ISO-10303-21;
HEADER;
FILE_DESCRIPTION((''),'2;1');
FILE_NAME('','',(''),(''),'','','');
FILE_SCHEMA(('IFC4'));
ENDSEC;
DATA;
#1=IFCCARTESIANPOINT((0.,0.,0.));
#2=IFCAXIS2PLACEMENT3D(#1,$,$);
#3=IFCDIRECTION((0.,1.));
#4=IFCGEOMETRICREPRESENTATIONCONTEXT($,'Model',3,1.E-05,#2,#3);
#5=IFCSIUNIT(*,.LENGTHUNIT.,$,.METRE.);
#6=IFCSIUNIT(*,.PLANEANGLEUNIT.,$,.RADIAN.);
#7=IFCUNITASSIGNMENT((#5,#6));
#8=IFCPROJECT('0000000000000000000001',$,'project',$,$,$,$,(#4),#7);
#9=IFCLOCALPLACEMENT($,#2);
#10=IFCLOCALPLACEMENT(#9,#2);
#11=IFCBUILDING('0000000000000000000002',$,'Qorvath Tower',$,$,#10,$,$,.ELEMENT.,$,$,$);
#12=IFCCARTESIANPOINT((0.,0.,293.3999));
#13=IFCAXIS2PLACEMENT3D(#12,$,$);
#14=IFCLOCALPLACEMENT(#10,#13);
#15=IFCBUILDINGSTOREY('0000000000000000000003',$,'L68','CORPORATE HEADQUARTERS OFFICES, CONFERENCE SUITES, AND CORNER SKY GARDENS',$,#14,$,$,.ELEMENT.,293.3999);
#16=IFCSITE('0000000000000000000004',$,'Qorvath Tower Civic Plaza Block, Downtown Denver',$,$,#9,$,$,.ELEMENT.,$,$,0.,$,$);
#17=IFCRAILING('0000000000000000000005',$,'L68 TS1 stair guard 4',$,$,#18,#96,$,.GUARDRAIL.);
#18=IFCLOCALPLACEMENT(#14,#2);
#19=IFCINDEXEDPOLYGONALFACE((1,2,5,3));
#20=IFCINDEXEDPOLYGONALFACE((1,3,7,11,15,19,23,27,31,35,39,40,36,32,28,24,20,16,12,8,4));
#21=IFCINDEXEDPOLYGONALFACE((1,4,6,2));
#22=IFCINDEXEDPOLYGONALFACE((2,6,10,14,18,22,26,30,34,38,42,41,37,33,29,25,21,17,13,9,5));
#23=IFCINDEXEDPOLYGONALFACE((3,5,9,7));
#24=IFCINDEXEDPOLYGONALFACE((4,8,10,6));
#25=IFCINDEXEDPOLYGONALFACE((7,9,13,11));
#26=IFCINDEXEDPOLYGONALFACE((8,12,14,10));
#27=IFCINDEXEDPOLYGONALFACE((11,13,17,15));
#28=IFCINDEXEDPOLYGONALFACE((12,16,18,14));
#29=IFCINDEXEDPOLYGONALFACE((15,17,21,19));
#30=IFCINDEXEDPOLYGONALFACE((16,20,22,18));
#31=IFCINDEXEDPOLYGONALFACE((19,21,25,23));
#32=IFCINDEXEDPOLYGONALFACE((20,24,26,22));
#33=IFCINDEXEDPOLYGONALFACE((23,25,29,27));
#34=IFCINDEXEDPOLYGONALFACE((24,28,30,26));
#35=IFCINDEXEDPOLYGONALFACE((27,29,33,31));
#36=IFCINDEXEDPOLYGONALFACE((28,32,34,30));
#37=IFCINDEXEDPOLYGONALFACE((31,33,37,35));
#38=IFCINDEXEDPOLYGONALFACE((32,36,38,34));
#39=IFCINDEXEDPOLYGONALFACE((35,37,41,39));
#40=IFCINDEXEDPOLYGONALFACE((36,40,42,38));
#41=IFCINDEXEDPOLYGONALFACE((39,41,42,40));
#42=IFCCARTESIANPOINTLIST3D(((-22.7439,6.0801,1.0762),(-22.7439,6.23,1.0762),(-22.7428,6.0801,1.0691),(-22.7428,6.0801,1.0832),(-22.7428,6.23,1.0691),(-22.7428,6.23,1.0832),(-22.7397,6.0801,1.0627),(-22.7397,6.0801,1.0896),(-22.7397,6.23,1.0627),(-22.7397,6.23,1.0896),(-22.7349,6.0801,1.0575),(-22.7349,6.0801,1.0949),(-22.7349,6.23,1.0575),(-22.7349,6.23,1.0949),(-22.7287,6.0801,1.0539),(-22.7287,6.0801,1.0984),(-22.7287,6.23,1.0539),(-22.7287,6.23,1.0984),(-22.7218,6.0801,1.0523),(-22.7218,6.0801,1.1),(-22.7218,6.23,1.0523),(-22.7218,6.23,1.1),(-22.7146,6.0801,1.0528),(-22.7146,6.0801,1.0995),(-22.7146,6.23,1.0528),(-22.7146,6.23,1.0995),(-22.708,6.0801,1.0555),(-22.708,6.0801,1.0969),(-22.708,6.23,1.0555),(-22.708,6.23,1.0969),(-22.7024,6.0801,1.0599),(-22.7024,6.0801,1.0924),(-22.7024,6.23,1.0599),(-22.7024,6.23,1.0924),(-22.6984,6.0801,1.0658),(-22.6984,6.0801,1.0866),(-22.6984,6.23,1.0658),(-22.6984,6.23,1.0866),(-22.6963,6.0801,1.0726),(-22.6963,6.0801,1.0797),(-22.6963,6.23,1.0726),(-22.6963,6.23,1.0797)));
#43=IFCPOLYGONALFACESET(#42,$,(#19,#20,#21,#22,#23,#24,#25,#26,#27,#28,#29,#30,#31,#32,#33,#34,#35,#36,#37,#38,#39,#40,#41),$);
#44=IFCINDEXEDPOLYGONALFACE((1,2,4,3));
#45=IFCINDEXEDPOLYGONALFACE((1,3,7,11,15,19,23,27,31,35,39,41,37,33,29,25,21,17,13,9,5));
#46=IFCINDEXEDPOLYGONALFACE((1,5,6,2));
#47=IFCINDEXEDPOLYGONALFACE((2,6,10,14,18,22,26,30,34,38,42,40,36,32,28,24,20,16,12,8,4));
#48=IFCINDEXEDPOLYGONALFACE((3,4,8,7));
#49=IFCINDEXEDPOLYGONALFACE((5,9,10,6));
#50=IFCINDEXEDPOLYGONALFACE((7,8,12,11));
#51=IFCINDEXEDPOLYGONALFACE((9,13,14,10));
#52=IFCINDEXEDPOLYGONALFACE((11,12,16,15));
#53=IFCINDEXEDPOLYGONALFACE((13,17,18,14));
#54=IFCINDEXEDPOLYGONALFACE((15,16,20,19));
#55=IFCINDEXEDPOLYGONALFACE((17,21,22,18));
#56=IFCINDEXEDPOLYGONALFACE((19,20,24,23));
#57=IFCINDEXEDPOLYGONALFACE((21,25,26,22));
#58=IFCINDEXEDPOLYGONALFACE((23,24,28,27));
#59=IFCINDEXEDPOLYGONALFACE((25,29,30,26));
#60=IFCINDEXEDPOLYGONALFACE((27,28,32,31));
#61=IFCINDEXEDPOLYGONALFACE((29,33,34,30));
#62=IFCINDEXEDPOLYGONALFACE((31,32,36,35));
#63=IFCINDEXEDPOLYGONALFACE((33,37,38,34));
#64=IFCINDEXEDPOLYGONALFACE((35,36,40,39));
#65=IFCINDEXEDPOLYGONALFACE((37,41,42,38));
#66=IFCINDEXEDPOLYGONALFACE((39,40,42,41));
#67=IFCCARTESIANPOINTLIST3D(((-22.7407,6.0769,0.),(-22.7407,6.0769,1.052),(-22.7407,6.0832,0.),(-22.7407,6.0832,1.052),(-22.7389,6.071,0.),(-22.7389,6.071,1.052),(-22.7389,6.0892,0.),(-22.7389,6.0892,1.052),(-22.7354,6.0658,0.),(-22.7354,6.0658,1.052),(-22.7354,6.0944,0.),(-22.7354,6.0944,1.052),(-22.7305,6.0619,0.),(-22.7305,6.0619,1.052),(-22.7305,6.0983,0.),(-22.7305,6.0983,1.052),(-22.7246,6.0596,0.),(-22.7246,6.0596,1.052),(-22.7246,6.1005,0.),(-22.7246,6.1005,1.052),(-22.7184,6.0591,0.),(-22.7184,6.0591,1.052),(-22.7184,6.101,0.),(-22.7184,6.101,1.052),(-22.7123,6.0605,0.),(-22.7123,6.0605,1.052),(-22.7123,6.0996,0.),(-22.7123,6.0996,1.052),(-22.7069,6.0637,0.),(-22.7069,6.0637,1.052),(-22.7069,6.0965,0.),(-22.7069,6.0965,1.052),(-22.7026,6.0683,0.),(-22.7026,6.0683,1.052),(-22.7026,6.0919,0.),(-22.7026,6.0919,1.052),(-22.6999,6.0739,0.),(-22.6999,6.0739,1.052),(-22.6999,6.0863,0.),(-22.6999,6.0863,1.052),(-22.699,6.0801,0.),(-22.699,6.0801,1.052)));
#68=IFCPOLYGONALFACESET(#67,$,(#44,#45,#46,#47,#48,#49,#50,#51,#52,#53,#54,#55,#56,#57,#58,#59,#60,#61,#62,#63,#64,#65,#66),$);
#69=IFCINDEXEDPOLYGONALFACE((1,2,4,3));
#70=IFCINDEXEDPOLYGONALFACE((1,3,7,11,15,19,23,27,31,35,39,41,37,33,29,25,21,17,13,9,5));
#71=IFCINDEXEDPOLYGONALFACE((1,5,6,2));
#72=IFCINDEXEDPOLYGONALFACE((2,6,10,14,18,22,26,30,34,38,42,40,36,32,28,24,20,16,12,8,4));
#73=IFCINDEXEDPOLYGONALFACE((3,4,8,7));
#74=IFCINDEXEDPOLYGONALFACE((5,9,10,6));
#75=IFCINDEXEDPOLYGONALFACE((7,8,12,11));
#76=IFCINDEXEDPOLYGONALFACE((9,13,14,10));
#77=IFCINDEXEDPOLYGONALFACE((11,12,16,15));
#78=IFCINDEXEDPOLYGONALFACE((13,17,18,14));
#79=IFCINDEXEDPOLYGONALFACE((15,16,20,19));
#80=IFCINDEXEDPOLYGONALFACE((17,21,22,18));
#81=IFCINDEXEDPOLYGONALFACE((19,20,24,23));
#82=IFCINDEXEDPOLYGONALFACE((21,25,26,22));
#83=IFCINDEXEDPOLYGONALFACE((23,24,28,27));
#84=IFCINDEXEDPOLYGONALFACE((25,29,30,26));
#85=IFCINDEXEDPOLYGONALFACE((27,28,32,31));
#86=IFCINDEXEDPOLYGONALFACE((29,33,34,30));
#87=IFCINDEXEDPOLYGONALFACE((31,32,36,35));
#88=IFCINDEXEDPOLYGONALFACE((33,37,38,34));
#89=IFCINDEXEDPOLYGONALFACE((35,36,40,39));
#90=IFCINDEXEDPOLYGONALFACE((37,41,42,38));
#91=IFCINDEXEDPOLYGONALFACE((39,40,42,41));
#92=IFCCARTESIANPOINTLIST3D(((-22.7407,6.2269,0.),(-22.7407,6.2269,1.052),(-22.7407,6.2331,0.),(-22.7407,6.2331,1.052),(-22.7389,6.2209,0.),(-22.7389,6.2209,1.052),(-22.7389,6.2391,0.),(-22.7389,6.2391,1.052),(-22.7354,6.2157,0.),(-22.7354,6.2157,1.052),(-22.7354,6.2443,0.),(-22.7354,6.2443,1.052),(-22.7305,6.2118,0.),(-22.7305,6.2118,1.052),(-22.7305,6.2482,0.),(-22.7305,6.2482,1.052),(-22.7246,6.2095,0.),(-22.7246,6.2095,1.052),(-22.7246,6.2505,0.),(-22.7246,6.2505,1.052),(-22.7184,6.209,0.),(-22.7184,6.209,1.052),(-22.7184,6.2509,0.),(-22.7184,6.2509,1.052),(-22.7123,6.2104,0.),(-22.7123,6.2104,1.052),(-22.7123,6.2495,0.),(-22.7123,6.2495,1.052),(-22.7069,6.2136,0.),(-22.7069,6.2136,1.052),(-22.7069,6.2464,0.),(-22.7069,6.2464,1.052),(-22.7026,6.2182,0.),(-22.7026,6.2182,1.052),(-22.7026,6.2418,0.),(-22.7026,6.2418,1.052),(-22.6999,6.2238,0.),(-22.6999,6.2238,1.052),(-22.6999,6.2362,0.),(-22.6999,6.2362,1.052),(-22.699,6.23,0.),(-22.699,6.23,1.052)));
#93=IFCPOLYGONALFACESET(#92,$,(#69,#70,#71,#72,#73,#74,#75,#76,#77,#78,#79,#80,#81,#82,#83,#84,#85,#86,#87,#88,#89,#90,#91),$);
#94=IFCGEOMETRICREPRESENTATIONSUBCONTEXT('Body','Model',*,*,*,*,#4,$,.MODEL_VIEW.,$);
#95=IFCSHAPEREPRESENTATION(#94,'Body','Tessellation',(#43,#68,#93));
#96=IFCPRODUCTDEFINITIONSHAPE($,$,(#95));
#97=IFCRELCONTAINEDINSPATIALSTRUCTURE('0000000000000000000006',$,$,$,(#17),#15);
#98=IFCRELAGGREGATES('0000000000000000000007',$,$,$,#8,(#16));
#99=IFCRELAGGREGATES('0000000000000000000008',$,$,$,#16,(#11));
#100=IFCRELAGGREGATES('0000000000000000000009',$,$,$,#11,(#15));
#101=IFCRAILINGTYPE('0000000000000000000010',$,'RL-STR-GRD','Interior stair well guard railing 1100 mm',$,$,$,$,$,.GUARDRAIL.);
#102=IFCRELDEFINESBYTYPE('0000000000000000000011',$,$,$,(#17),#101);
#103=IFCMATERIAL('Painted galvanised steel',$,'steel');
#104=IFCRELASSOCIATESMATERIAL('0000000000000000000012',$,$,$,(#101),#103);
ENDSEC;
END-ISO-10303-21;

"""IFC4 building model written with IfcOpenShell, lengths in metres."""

from ifc_helpers import new_model, si_unit, direction, frame, origin, origin_2d, place, context, subcontext, project, spatial, circle, extrude, material, type_object, element, save


model = new_model("IFC4")

# Units and contexts
model_context = context("Model", 3, precision=1e-05, world=origin(), true_north=direction((0.0, 1.0)))
body_context = subcontext(model_context, "Body", "Model", "MODEL_VIEW")
ifc_project = project(units=[si_unit("LENGTHUNIT", "METRE"), si_unit("PLANEANGLEUNIT", "RADIAN")], contexts=[model_context])

# Site, building, storey
site_placement = place(None, origin())
site = spatial("IfcSite", under=ifc_project, at=site_placement, Name="Qorvath Tower Civic Plaza Block, Downtown Denver", CompositionType="ELEMENT", RefElevation=0.0)
building_placement = place(site_placement, origin())
building = spatial("IfcBuilding", under=site, at=building_placement, Name="Qorvath Tower", CompositionType="ELEMENT")
storey_placement = place(building_placement, frame((0.0, 0.0, 293.3999)))
storey = spatial("IfcBuildingStorey", under=building, at=storey_placement, Name="L68", Description="CORPORATE HEADQUARTERS OFFICES, CONFERENCE SUITES, AND CORNER SKY GARDENS", CompositionType="ELEMENT", Elevation=293.3999)

# Railing
ifc_material_1 = material(Name="Painted galvanised steel", Category="steel")
railing_type_1 = type_object("IfcRailingType", Name="RL-STR-GRD", Description="Interior stair well guard railing 1100 mm", PredefinedType="GUARDRAIL", material=ifc_material_1)
railing_1_placement = place(storey_placement, frame((-22.72, 6.0801, 0.0)))
element("IfcRailing", 1, at=railing_1_placement, inside=storey, type_object=railing_type_1, Name="L68 TS1 stair guard 4", PredefinedType="GUARDRAIL", context=body_context, shape_type="SweptSolid", body=[
    extrude(circle(Radius=0.0239, at=origin_2d()), frame((0.0, 0.0, 1.0762), z_axis=(0.0, 1.0, 0.0), x_axis=(-1.0, 0.0, 0.0)), (0.0, 0.0, 1.0), 0.1499),
    extrude(circle(Radius=0.021, at=origin_2d()), origin(), (0.0, 0.0, 1.0), 1.052),
    extrude(circle(Radius=0.021, at=origin_2d()), frame((0.0, 0.1499, 0.0)), (0.0, 0.0, 1.0), 1.052),
])

save(model, "model.ifc")
